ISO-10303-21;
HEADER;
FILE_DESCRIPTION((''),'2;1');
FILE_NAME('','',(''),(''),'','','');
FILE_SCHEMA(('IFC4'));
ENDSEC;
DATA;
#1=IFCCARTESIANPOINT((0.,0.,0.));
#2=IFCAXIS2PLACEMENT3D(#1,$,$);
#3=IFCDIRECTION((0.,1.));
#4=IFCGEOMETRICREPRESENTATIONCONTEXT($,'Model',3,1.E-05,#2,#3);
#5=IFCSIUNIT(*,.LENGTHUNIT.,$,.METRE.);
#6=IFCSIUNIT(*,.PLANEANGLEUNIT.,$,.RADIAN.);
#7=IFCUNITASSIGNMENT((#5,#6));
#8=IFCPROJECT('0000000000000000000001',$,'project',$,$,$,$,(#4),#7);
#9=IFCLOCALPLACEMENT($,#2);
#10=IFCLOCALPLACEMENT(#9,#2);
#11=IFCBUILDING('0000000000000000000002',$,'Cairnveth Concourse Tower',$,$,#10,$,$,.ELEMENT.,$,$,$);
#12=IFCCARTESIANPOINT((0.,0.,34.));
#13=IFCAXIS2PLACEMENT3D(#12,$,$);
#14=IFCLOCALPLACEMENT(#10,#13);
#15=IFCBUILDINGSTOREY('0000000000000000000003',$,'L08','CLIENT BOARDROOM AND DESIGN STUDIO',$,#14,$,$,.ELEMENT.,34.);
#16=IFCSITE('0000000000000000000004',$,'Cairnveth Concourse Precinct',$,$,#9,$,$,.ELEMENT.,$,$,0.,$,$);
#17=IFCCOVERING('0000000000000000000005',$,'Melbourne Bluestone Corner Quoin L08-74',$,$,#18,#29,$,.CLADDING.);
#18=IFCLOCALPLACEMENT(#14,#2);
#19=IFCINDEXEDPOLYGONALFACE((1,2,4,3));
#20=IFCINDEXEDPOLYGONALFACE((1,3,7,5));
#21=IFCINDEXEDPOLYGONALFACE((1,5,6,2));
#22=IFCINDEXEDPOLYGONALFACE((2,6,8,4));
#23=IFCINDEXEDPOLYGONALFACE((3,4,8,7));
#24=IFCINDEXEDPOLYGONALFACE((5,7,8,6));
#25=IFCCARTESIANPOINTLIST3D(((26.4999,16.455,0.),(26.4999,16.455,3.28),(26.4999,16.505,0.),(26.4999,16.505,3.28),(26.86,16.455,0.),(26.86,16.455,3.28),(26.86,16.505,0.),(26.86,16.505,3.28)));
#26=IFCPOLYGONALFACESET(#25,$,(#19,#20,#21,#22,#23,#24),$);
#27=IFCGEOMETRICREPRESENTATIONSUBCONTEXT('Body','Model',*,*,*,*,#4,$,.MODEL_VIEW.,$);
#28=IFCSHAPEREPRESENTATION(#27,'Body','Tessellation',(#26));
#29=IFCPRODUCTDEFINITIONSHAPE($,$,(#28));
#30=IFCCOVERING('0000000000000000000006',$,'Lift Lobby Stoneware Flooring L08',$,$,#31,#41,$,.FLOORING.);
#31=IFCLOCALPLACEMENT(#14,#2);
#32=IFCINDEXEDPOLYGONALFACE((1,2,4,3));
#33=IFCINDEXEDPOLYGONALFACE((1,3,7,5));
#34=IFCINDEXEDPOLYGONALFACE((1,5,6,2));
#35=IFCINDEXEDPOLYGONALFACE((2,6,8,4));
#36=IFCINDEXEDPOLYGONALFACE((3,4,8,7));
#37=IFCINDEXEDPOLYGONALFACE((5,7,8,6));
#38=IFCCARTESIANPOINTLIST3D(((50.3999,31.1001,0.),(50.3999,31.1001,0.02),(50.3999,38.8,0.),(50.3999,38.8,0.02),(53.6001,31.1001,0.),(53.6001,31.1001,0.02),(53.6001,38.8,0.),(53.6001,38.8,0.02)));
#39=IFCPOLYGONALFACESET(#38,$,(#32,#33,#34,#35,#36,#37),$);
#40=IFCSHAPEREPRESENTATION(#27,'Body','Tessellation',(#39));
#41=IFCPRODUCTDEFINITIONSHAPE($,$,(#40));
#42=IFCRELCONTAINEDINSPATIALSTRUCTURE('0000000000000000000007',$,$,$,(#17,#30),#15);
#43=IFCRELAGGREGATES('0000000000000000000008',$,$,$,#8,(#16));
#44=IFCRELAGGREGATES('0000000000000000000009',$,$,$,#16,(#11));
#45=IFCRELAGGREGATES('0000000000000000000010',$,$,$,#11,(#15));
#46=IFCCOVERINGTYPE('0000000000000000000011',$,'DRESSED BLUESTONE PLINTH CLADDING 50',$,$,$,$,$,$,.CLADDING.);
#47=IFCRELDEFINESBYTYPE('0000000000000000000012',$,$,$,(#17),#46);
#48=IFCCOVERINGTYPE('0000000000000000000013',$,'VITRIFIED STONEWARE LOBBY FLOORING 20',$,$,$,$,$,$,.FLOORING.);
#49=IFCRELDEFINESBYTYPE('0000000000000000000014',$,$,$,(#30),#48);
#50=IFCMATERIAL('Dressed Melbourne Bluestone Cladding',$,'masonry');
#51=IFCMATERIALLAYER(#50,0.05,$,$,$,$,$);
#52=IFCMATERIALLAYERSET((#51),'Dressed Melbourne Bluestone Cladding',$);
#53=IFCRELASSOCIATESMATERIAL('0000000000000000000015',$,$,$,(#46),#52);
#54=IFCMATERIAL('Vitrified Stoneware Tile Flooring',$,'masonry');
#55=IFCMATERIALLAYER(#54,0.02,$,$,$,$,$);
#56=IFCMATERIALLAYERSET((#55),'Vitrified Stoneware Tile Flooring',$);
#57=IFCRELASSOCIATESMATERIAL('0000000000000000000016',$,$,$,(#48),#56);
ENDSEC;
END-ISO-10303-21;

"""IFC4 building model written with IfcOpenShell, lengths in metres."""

from ifc_helpers import new_model, si_unit, direction, frame, frame_2d, origin, place, context, subcontext, project, spatial, polyline, rectangle, outline, extrude, material, layer, layer_set, type_object, element, save


model = new_model("IFC4")

# Units and contexts
model_context = context("Model", 3, precision=1e-05, world=origin(), true_north=direction((0.0, 1.0)))
body_context = subcontext(model_context, "Body", "Model", "MODEL_VIEW")
ifc_project = project(units=[si_unit("LENGTHUNIT", "METRE"), si_unit("PLANEANGLEUNIT", "RADIAN")], contexts=[model_context])

# Site, building, storey
site_placement = place(None, origin())
site = spatial("IfcSite", under=ifc_project, at=site_placement, Name="Cairnveth Concourse Precinct", CompositionType="ELEMENT", RefElevation=0.0)
building_placement = place(site_placement, origin())
building = spatial("IfcBuilding", under=site, at=building_placement, Name="Cairnveth Concourse Tower", CompositionType="ELEMENT")
storey_placement = place(building_placement, frame((0.0, 0.0, 34.0)))
storey = spatial("IfcBuildingStorey", under=building, at=storey_placement, Name="L08", Description="CLIENT BOARDROOM AND DESIGN STUDIO", CompositionType="ELEMENT", Elevation=34.0)

# Coverings
ifc_material_1 = material(Name="Dressed Melbourne Bluestone Cladding", Category="masonry")
ifc_layer_1 = layer(ifc_material_1, 0.05)
ifc_layer_set_1 = layer_set([ifc_layer_1], Name="Dressed Melbourne Bluestone Cladding")
covering_type_1 = type_object("IfcCoveringType", Name="DRESSED BLUESTONE PLINTH CLADDING 50", PredefinedType="CLADDING", material=ifc_layer_set_1)
covering_1_placement = place(storey_placement, frame((26.8601, 16.48, 0.0), z_axis=(0.0, 0.0, 1.0), x_axis=(-1.0, 0.0, 0.0)))
element("IfcCovering", 1, at=covering_1_placement, inside=storey, type_object=covering_type_1, Name="Melbourne Bluestone Corner Quoin L08-74", PredefinedType="CLADDING", context=body_context, shape_type="SweptSolid", body=[
    extrude(rectangle(XDim=0.3601, YDim=0.05, at=frame_2d((0.1802, 0.0))), origin(), (0.0, 0.0, 1.0), 3.28),
])
ifc_material_2 = material(Name="Vitrified Stoneware Tile Flooring", Category="masonry")
ifc_layer_2 = layer(ifc_material_2, 0.02)
ifc_layer_set_2 = layer_set([ifc_layer_2], Name="Vitrified Stoneware Tile Flooring")
covering_type_2 = type_object("IfcCoveringType", Name="VITRIFIED STONEWARE LOBBY FLOORING 20", PredefinedType="FLOORING", material=ifc_layer_set_2)
covering_2_placement = place(storey_placement, origin())
element("IfcCovering", 2, at=covering_2_placement, inside=storey, type_object=covering_type_2, Name="Lift Lobby Stoneware Flooring L08", PredefinedType="FLOORING", context=body_context, shape_type="SweptSolid", body=[
    extrude(outline(polyline([(50.3999, 31.1001), (53.6001, 31.1001), (53.6001, 38.8), (50.3999, 38.8), (50.3999, 31.1001)])), origin(), (0.0, 0.0, 1.0), 0.02),
])

save(model, "model.ifc")
